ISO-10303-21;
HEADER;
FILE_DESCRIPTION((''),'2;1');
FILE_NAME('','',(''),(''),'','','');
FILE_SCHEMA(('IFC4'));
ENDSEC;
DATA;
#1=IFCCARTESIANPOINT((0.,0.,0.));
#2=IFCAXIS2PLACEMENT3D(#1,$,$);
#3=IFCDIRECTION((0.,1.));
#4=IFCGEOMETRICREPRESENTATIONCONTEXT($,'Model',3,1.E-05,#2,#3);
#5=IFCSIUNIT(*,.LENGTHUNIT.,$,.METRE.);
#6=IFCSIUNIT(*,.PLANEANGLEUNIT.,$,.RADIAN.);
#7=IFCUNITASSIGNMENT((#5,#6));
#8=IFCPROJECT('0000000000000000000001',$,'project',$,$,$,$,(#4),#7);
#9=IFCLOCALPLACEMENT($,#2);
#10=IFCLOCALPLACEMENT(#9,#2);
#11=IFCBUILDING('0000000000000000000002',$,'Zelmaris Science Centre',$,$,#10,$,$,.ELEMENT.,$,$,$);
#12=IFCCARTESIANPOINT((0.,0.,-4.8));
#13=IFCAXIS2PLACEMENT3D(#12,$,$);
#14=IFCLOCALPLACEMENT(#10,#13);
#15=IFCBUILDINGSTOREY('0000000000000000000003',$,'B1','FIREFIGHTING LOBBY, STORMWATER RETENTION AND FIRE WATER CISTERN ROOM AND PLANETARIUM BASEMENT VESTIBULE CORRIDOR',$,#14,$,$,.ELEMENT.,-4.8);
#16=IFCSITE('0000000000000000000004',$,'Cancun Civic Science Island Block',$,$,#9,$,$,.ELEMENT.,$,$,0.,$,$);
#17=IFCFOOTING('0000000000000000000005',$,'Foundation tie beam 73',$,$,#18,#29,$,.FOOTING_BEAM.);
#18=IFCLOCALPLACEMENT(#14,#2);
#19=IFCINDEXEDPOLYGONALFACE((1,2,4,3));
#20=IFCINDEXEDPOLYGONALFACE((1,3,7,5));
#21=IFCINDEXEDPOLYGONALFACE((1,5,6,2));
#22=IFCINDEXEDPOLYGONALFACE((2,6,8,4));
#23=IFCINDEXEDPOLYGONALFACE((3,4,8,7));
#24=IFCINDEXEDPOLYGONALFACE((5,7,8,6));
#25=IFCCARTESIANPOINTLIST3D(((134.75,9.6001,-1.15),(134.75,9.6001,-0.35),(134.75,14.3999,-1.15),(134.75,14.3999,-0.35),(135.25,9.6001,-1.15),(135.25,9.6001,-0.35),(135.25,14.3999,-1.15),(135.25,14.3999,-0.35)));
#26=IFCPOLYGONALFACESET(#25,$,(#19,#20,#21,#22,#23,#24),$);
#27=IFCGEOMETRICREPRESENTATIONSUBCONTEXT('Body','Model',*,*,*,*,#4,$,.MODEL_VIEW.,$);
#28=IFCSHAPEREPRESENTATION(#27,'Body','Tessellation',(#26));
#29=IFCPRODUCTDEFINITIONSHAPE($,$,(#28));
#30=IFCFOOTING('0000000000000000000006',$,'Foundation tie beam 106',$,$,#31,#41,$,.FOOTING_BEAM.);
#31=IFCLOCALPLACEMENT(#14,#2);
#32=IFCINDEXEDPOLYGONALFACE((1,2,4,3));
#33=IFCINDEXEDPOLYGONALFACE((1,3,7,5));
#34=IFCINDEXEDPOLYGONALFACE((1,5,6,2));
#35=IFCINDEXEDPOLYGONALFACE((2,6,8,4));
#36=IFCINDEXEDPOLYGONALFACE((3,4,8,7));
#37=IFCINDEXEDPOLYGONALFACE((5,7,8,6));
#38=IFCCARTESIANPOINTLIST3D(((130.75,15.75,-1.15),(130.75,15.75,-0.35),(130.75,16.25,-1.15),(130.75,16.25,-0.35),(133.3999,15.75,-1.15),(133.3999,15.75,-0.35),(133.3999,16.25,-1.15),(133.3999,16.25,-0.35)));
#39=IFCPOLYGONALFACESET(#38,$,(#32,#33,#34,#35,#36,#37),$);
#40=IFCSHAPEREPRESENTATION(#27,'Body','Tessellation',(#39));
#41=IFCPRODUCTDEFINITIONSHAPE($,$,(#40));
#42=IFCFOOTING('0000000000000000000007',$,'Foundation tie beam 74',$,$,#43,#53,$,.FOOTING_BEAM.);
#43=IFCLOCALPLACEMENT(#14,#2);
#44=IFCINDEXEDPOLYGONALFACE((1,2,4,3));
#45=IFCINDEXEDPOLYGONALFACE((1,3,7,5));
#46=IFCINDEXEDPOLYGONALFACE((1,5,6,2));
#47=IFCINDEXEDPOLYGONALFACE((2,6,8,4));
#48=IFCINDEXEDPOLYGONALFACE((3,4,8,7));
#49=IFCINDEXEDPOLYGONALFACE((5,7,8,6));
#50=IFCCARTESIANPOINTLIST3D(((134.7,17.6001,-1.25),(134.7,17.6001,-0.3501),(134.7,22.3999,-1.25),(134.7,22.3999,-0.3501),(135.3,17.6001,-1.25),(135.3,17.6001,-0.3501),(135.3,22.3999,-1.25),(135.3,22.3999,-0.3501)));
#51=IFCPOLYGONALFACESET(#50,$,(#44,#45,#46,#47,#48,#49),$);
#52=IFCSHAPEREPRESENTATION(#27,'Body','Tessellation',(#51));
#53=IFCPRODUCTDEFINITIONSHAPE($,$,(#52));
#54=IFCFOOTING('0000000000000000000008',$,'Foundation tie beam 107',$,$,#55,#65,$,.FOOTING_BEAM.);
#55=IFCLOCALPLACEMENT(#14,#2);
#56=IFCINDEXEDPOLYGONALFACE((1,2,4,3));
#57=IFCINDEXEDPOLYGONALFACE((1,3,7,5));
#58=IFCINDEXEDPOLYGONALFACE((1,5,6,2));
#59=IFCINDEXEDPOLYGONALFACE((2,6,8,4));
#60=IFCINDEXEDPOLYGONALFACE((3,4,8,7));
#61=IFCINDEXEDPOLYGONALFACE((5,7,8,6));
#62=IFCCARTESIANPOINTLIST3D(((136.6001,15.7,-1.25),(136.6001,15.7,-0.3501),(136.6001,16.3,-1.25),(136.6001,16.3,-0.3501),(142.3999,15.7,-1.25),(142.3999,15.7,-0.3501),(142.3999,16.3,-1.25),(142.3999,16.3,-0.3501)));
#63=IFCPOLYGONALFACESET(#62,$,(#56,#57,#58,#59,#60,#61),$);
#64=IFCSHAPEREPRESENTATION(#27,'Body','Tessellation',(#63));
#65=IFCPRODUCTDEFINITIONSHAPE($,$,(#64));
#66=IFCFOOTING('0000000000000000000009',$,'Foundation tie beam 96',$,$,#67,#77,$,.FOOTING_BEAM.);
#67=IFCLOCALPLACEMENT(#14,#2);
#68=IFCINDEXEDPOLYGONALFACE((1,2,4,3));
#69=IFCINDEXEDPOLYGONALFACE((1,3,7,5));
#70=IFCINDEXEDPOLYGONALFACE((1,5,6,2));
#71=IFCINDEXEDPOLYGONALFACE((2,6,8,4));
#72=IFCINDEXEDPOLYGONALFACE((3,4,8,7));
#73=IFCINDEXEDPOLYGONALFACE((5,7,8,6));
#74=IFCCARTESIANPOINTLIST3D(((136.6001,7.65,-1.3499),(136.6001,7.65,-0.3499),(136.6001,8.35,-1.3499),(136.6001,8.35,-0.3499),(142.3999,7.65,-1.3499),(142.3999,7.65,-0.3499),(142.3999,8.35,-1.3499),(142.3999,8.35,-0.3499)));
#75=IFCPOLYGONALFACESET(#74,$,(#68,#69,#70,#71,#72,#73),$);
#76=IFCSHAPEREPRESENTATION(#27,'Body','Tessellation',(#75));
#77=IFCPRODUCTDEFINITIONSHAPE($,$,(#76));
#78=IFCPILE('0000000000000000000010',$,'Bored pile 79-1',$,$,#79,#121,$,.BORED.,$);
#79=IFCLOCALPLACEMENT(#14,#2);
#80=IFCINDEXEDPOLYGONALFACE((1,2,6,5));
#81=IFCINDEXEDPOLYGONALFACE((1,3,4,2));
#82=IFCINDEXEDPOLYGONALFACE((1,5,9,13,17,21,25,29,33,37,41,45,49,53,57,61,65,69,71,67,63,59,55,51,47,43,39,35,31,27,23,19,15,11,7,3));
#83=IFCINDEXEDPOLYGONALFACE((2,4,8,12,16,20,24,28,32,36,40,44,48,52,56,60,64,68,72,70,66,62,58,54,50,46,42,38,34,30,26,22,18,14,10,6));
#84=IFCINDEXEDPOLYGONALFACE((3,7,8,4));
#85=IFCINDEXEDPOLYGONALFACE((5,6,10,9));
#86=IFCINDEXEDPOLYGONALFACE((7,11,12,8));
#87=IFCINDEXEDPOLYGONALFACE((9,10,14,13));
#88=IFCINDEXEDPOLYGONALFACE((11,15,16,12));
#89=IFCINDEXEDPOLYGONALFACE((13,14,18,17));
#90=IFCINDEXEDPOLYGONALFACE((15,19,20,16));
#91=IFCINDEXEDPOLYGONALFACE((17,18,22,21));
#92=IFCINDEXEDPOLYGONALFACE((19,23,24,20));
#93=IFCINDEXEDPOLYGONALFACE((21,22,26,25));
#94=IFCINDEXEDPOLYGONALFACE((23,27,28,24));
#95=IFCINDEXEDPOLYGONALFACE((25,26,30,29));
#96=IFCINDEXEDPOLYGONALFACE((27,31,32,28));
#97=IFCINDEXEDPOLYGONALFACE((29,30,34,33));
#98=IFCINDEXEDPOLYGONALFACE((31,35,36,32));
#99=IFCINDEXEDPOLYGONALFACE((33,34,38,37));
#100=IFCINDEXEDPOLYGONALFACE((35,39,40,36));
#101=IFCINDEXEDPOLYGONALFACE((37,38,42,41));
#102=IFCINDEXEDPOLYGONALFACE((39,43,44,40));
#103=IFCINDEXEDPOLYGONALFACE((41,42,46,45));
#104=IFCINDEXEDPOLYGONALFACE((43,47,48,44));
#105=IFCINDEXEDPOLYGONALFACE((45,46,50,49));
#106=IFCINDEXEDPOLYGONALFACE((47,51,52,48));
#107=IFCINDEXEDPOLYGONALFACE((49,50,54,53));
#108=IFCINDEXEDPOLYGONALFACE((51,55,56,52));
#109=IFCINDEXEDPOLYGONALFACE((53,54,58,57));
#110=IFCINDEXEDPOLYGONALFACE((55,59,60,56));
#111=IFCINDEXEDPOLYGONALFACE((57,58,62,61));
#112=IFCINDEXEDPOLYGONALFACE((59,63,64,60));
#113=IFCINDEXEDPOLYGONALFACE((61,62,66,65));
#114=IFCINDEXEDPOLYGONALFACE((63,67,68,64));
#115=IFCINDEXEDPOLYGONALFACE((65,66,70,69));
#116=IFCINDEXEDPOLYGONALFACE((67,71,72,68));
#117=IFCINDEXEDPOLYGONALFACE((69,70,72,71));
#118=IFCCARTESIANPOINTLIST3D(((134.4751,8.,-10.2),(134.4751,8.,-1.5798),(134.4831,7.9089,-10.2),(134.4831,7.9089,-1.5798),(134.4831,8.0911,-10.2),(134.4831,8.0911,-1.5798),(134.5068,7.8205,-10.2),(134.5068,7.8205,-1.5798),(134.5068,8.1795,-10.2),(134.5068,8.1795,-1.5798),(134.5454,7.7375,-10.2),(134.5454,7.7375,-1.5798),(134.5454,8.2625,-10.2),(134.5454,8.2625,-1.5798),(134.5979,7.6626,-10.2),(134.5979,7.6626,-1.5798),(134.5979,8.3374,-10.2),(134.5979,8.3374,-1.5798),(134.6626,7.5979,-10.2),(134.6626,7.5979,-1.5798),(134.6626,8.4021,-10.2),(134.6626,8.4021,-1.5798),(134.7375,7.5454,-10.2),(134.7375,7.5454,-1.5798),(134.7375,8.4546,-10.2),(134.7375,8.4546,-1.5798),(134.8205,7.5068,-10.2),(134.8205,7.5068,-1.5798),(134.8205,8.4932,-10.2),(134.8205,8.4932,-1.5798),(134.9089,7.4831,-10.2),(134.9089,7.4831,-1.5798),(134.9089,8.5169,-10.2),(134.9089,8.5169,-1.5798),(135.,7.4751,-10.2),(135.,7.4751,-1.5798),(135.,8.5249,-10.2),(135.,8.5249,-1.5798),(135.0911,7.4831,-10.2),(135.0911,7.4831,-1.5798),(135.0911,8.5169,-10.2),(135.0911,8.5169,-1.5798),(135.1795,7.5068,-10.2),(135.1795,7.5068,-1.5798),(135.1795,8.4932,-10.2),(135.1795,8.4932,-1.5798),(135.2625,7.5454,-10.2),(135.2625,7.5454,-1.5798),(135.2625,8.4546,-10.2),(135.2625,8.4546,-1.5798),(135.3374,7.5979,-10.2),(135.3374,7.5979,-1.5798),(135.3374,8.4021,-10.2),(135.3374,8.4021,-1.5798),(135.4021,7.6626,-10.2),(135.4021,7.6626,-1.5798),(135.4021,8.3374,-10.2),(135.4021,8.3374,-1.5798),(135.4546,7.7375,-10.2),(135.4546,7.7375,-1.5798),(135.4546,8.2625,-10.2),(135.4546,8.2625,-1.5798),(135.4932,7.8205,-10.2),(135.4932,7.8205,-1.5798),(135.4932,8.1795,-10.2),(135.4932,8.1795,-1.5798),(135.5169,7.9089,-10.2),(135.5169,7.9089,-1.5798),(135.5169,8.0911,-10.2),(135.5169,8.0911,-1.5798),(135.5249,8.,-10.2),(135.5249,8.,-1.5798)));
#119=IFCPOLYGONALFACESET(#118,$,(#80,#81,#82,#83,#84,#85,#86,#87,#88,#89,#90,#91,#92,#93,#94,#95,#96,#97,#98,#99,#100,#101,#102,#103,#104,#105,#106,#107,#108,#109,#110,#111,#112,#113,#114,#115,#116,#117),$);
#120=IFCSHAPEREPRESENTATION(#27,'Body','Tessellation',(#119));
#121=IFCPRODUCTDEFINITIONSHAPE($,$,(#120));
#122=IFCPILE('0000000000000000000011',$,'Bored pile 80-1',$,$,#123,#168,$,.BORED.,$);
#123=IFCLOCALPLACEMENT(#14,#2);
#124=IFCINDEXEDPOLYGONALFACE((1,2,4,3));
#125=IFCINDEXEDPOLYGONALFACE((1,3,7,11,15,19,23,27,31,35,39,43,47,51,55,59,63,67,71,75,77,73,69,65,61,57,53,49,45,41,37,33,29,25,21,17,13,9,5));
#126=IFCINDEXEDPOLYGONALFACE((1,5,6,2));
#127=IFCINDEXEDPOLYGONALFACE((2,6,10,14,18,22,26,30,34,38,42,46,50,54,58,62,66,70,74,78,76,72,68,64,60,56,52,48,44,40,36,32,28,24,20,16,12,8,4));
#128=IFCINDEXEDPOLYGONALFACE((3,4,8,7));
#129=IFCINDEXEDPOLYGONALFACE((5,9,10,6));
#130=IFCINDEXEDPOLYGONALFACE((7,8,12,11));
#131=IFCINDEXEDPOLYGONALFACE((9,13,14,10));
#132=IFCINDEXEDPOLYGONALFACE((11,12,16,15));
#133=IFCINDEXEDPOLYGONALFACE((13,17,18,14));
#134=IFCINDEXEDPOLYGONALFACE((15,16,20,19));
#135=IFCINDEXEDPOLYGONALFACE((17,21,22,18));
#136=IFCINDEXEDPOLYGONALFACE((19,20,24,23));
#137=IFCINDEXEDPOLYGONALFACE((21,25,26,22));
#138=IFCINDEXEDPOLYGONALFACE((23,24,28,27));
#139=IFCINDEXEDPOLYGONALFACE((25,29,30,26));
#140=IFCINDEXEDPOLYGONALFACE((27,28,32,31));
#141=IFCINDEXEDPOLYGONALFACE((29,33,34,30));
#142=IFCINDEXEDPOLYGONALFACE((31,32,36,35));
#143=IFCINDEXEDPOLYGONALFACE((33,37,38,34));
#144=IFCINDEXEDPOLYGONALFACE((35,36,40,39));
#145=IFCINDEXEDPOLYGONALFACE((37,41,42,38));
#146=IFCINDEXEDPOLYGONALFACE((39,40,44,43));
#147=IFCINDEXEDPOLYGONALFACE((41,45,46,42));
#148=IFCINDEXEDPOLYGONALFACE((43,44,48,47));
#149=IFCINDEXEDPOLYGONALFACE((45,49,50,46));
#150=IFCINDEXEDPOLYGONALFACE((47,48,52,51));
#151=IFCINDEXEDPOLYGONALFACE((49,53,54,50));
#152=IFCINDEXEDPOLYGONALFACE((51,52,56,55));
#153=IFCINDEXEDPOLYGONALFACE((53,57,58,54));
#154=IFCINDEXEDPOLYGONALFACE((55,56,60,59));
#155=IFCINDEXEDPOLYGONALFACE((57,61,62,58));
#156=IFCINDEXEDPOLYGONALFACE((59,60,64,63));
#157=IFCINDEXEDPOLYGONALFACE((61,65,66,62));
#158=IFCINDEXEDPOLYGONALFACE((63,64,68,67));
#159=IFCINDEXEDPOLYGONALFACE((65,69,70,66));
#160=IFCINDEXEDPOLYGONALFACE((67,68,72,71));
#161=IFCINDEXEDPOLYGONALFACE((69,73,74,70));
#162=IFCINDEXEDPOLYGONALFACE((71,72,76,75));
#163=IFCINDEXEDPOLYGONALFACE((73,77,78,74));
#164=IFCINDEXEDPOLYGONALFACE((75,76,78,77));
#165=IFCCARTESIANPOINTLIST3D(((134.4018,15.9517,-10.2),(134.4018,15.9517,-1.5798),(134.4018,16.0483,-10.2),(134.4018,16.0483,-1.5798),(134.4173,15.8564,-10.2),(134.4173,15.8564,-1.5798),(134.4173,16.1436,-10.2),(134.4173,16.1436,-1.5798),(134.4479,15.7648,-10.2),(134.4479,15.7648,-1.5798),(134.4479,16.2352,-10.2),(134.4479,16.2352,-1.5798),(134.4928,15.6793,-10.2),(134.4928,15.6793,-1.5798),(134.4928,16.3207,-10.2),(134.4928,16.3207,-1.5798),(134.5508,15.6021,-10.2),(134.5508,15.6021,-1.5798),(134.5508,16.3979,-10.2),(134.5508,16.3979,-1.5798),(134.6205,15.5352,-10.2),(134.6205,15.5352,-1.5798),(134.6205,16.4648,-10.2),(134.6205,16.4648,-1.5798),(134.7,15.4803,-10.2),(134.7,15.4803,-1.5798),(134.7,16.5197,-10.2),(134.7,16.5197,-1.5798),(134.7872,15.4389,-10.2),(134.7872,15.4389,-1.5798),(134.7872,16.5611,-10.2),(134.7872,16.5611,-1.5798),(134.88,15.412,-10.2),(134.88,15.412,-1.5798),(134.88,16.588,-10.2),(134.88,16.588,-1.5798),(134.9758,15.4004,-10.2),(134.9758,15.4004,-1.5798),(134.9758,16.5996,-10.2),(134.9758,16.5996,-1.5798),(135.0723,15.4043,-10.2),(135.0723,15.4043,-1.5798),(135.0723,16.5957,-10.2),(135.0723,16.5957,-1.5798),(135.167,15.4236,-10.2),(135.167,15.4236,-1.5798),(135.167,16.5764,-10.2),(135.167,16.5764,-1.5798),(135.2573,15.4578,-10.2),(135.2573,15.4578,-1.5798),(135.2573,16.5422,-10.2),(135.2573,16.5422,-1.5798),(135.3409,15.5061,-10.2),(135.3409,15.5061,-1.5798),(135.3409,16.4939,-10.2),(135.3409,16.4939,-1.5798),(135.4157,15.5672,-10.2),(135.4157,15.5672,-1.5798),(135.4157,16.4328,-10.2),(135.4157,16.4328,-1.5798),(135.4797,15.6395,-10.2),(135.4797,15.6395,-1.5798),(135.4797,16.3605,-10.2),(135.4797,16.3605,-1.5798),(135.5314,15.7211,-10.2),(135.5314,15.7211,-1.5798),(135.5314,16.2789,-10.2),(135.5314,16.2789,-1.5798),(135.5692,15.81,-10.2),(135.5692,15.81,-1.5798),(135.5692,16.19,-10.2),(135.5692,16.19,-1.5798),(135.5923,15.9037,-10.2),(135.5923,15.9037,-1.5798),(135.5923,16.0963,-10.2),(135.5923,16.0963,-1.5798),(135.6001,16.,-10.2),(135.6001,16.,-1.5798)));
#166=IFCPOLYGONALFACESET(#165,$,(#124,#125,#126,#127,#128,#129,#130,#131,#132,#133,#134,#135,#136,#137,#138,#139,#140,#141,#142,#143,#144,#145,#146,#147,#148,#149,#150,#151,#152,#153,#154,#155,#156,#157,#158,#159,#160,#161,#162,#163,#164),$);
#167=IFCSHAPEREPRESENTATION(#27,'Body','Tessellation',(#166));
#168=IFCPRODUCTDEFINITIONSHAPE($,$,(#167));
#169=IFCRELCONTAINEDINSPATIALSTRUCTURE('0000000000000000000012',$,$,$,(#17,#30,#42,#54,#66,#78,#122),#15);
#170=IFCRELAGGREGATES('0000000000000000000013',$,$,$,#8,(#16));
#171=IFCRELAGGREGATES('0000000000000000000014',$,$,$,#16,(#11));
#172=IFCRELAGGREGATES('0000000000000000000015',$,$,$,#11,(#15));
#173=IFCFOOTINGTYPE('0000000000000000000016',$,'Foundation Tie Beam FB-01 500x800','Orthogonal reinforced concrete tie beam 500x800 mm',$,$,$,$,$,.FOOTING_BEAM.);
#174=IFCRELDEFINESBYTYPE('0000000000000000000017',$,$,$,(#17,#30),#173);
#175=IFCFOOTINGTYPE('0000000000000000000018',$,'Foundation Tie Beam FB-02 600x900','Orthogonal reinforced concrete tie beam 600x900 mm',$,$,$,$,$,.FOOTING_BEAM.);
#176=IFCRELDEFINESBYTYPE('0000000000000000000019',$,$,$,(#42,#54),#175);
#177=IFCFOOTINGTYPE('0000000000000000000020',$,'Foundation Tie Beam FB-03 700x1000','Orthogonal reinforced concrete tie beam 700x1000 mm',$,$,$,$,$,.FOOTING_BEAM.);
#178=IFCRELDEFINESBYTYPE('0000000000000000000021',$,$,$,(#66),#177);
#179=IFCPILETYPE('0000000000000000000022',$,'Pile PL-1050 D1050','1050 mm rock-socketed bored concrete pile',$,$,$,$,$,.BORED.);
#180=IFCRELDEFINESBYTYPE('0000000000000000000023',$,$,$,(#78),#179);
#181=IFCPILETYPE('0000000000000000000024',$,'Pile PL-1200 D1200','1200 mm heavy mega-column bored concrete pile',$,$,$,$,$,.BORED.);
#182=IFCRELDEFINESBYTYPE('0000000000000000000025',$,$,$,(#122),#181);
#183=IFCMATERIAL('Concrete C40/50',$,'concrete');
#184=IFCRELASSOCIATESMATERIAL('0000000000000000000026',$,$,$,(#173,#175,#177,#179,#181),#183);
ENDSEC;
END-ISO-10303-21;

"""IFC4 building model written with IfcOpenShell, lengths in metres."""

from ifc_helpers import new_model, si_unit, direction, frame, origin, origin_2d, place, context, subcontext, project, spatial, rectangle, circle, extrude, material, material_profile, profile_set, type_object, element, save


model = new_model("IFC4")

# Units and contexts
model_context = context("Model", 3, precision=1e-05, world=origin(), true_north=direction((0.0, 1.0)))
body_context = subcontext(model_context, "Body", "Model", "MODEL_VIEW")
ifc_project = project(units=[si_unit("LENGTHUNIT", "METRE"), si_unit("PLANEANGLEUNIT", "RADIAN")], contexts=[model_context])

# Site, building, storey
site_placement = place(None, origin())
site = spatial("IfcSite", under=ifc_project, at=site_placement, Name="Cancun Civic Science Island Block", CompositionType="ELEMENT", RefElevation=0.0)
building_placement = place(site_placement, origin())
building = spatial("IfcBuilding", under=site, at=building_placement, Name="Zelmaris Science Centre", CompositionType="ELEMENT")
storey_placement = place(building_placement, frame((0.0, 0.0, -4.8)))
storey = spatial("IfcBuildingStorey", under=building, at=storey_placement, Name="B1", Description="FIREFIGHTING LOBBY, STORMWATER RETENTION AND FIRE WATER CISTERN ROOM AND PLANETARIUM BASEMENT VESTIBULE CORRIDOR", CompositionType="ELEMENT", Elevation=-4.8)

# Footings
ifc_material_1 = material(Name="Concrete C40/50", Category="concrete")
ifc_material_profile_1 = material_profile(ifc_material_1, rectangle(XDim=0.5, YDim=0.8, at=origin_2d()), Name="FB-500X800")
ifc_profile_set_1 = profile_set([ifc_material_profile_1], Name="Concrete C40/50")
footing_type_1 = type_object("IfcFootingType", Name="Foundation Tie Beam FB-01 500x800", Description="Orthogonal reinforced concrete tie beam 500x800 mm", PredefinedType="FOOTING_BEAM", material=ifc_profile_set_1)
footing_1_placement = place(storey_placement, frame((135.0, 9.6001, -0.75), z_axis=(0.0, 1.0, 0.0), x_axis=(-1.0, 0.0, 0.0)))
element("IfcFooting", 1, at=footing_1_placement, inside=storey, type_object=footing_type_1, Name="Foundation tie beam 73", PredefinedType="FOOTING_BEAM", context=body_context, shape_type="SweptSolid", body=[
    extrude(rectangle(XDim=0.5, YDim=0.8, at=origin_2d()), origin(), (0.0, 0.0, 1.0), 4.7998),
])
footing_2_placement = place(storey_placement, frame((130.75, 16.0, -0.75), z_axis=(1.0, 0.0, 0.0), x_axis=(0.0, 1.0, 0.0)))
element("IfcFooting", 2, at=footing_2_placement, inside=storey, type_object=footing_type_1, Name="Foundation tie beam 106", PredefinedType="FOOTING_BEAM", context=body_context, shape_type="SweptSolid", body=[
    extrude(rectangle(XDim=0.5, YDim=0.8, at=origin_2d()), origin(), (0.0, 0.0, 1.0), 2.6499),
])
ifc_material_profile_2 = material_profile(ifc_material_1, rectangle(XDim=0.6001, YDim=0.8999, at=origin_2d()), Name="FB-600X900")
ifc_profile_set_2 = profile_set([ifc_material_profile_2], Name="Concrete C40/50")
footing_type_2 = type_object("IfcFootingType", Name="Foundation Tie Beam FB-02 600x900", Description="Orthogonal reinforced concrete tie beam 600x900 mm", PredefinedType="FOOTING_BEAM", material=ifc_profile_set_2)
footing_3_placement = place(storey_placement, frame((135.0, 17.6001, -0.8), z_axis=(0.0, 1.0, 0.0), x_axis=(-1.0, 0.0, 0.0)))
element("IfcFooting", 3, at=footing_3_placement, inside=storey, type_object=footing_type_2, Name="Foundation tie beam 74", PredefinedType="FOOTING_BEAM", context=body_context, shape_type="SweptSolid", body=[
    extrude(rectangle(XDim=0.6001, YDim=0.8999, at=origin_2d()), origin(), (0.0, 0.0, 1.0), 4.7998),
])
footing_4_placement = place(storey_placement, frame((136.6001, 16.0, -0.8), z_axis=(1.0, 0.0, 0.0), x_axis=(0.0, 1.0, 0.0)))
element("IfcFooting", 4, at=footing_4_placement, inside=storey, type_object=footing_type_2, Name="Foundation tie beam 107", PredefinedType="FOOTING_BEAM", context=body_context, shape_type="SweptSolid", body=[
    extrude(rectangle(XDim=0.6001, YDim=0.8999, at=origin_2d()), origin(), (0.0, 0.0, 1.0), 5.7998),
])
ifc_material_profile_3 = material_profile(ifc_material_1, rectangle(XDim=0.7, YDim=1.0, at=origin_2d()), Name="FB-700X1000")
ifc_profile_set_3 = profile_set([ifc_material_profile_3], Name="Concrete C40/50")
footing_type_3 = type_object("IfcFootingType", Name="Foundation Tie Beam FB-03 700x1000", Description="Orthogonal reinforced concrete tie beam 700x1000 mm", PredefinedType="FOOTING_BEAM", material=ifc_profile_set_3)
footing_5_placement = place(storey_placement, frame((136.6001, 8.0, -0.8499), z_axis=(1.0, 0.0, 0.0), x_axis=(0.0, 1.0, 0.0)))
element("IfcFooting", 5, at=footing_5_placement, inside=storey, type_object=footing_type_3, Name="Foundation tie beam 96", PredefinedType="FOOTING_BEAM", context=body_context, shape_type="SweptSolid", body=[
    extrude(rectangle(XDim=0.7, YDim=1.0, at=origin_2d()), origin(), (0.0, 0.0, 1.0), 5.7998),
])

# Piles
ifc_material_profile_4 = material_profile(ifc_material_1, circle(Radius=0.5249, at=origin_2d()), Name="PILE-1050")
ifc_profile_set_4 = profile_set([ifc_material_profile_4], Name="Concrete C40/50")
pile_type_1 = type_object("IfcPileType", Name="Pile PL-1050 D1050", Description="1050 mm rock-socketed bored concrete pile", PredefinedType="BORED", material=ifc_profile_set_4)
pile_1_placement = place(storey_placement, frame((135.0, 8.0, -1.5798), z_axis=(0.0, 0.0, -1.0), x_axis=(1.0, 0.0, 0.0)))
element("IfcPile", 6, at=pile_1_placement, inside=storey, type_object=pile_type_1, Name="Bored pile 79-1", PredefinedType="BORED", context=body_context, shape_type="SweptSolid", body=[
    extrude(circle(Radius=0.5249, at=origin_2d()), origin(), (0.0, 0.0, 1.0), 8.6201),
])
ifc_material_profile_5 = material_profile(ifc_material_1, circle(Radius=0.6001, at=origin_2d()), Name="PILE-1200")
ifc_profile_set_5 = profile_set([ifc_material_profile_5], Name="Concrete C40/50")
pile_type_2 = type_object("IfcPileType", Name="Pile PL-1200 D1200", Description="1200 mm heavy mega-column bored concrete pile", PredefinedType="BORED", material=ifc_profile_set_5)
pile_2_placement = place(storey_placement, frame((135.0, 16.0, -1.5798), z_axis=(0.0, 0.0, -1.0), x_axis=(1.0, 0.0, 0.0)))
element("IfcPile", 7, at=pile_2_placement, inside=storey, type_object=pile_type_2, Name="Bored pile 80-1", PredefinedType="BORED", context=body_context, shape_type="SweptSolid", body=[
    extrude(circle(Radius=0.6001, at=origin_2d()), origin(), (0.0, 0.0, 1.0), 8.6201),
])

save(model, "model.ifc")
